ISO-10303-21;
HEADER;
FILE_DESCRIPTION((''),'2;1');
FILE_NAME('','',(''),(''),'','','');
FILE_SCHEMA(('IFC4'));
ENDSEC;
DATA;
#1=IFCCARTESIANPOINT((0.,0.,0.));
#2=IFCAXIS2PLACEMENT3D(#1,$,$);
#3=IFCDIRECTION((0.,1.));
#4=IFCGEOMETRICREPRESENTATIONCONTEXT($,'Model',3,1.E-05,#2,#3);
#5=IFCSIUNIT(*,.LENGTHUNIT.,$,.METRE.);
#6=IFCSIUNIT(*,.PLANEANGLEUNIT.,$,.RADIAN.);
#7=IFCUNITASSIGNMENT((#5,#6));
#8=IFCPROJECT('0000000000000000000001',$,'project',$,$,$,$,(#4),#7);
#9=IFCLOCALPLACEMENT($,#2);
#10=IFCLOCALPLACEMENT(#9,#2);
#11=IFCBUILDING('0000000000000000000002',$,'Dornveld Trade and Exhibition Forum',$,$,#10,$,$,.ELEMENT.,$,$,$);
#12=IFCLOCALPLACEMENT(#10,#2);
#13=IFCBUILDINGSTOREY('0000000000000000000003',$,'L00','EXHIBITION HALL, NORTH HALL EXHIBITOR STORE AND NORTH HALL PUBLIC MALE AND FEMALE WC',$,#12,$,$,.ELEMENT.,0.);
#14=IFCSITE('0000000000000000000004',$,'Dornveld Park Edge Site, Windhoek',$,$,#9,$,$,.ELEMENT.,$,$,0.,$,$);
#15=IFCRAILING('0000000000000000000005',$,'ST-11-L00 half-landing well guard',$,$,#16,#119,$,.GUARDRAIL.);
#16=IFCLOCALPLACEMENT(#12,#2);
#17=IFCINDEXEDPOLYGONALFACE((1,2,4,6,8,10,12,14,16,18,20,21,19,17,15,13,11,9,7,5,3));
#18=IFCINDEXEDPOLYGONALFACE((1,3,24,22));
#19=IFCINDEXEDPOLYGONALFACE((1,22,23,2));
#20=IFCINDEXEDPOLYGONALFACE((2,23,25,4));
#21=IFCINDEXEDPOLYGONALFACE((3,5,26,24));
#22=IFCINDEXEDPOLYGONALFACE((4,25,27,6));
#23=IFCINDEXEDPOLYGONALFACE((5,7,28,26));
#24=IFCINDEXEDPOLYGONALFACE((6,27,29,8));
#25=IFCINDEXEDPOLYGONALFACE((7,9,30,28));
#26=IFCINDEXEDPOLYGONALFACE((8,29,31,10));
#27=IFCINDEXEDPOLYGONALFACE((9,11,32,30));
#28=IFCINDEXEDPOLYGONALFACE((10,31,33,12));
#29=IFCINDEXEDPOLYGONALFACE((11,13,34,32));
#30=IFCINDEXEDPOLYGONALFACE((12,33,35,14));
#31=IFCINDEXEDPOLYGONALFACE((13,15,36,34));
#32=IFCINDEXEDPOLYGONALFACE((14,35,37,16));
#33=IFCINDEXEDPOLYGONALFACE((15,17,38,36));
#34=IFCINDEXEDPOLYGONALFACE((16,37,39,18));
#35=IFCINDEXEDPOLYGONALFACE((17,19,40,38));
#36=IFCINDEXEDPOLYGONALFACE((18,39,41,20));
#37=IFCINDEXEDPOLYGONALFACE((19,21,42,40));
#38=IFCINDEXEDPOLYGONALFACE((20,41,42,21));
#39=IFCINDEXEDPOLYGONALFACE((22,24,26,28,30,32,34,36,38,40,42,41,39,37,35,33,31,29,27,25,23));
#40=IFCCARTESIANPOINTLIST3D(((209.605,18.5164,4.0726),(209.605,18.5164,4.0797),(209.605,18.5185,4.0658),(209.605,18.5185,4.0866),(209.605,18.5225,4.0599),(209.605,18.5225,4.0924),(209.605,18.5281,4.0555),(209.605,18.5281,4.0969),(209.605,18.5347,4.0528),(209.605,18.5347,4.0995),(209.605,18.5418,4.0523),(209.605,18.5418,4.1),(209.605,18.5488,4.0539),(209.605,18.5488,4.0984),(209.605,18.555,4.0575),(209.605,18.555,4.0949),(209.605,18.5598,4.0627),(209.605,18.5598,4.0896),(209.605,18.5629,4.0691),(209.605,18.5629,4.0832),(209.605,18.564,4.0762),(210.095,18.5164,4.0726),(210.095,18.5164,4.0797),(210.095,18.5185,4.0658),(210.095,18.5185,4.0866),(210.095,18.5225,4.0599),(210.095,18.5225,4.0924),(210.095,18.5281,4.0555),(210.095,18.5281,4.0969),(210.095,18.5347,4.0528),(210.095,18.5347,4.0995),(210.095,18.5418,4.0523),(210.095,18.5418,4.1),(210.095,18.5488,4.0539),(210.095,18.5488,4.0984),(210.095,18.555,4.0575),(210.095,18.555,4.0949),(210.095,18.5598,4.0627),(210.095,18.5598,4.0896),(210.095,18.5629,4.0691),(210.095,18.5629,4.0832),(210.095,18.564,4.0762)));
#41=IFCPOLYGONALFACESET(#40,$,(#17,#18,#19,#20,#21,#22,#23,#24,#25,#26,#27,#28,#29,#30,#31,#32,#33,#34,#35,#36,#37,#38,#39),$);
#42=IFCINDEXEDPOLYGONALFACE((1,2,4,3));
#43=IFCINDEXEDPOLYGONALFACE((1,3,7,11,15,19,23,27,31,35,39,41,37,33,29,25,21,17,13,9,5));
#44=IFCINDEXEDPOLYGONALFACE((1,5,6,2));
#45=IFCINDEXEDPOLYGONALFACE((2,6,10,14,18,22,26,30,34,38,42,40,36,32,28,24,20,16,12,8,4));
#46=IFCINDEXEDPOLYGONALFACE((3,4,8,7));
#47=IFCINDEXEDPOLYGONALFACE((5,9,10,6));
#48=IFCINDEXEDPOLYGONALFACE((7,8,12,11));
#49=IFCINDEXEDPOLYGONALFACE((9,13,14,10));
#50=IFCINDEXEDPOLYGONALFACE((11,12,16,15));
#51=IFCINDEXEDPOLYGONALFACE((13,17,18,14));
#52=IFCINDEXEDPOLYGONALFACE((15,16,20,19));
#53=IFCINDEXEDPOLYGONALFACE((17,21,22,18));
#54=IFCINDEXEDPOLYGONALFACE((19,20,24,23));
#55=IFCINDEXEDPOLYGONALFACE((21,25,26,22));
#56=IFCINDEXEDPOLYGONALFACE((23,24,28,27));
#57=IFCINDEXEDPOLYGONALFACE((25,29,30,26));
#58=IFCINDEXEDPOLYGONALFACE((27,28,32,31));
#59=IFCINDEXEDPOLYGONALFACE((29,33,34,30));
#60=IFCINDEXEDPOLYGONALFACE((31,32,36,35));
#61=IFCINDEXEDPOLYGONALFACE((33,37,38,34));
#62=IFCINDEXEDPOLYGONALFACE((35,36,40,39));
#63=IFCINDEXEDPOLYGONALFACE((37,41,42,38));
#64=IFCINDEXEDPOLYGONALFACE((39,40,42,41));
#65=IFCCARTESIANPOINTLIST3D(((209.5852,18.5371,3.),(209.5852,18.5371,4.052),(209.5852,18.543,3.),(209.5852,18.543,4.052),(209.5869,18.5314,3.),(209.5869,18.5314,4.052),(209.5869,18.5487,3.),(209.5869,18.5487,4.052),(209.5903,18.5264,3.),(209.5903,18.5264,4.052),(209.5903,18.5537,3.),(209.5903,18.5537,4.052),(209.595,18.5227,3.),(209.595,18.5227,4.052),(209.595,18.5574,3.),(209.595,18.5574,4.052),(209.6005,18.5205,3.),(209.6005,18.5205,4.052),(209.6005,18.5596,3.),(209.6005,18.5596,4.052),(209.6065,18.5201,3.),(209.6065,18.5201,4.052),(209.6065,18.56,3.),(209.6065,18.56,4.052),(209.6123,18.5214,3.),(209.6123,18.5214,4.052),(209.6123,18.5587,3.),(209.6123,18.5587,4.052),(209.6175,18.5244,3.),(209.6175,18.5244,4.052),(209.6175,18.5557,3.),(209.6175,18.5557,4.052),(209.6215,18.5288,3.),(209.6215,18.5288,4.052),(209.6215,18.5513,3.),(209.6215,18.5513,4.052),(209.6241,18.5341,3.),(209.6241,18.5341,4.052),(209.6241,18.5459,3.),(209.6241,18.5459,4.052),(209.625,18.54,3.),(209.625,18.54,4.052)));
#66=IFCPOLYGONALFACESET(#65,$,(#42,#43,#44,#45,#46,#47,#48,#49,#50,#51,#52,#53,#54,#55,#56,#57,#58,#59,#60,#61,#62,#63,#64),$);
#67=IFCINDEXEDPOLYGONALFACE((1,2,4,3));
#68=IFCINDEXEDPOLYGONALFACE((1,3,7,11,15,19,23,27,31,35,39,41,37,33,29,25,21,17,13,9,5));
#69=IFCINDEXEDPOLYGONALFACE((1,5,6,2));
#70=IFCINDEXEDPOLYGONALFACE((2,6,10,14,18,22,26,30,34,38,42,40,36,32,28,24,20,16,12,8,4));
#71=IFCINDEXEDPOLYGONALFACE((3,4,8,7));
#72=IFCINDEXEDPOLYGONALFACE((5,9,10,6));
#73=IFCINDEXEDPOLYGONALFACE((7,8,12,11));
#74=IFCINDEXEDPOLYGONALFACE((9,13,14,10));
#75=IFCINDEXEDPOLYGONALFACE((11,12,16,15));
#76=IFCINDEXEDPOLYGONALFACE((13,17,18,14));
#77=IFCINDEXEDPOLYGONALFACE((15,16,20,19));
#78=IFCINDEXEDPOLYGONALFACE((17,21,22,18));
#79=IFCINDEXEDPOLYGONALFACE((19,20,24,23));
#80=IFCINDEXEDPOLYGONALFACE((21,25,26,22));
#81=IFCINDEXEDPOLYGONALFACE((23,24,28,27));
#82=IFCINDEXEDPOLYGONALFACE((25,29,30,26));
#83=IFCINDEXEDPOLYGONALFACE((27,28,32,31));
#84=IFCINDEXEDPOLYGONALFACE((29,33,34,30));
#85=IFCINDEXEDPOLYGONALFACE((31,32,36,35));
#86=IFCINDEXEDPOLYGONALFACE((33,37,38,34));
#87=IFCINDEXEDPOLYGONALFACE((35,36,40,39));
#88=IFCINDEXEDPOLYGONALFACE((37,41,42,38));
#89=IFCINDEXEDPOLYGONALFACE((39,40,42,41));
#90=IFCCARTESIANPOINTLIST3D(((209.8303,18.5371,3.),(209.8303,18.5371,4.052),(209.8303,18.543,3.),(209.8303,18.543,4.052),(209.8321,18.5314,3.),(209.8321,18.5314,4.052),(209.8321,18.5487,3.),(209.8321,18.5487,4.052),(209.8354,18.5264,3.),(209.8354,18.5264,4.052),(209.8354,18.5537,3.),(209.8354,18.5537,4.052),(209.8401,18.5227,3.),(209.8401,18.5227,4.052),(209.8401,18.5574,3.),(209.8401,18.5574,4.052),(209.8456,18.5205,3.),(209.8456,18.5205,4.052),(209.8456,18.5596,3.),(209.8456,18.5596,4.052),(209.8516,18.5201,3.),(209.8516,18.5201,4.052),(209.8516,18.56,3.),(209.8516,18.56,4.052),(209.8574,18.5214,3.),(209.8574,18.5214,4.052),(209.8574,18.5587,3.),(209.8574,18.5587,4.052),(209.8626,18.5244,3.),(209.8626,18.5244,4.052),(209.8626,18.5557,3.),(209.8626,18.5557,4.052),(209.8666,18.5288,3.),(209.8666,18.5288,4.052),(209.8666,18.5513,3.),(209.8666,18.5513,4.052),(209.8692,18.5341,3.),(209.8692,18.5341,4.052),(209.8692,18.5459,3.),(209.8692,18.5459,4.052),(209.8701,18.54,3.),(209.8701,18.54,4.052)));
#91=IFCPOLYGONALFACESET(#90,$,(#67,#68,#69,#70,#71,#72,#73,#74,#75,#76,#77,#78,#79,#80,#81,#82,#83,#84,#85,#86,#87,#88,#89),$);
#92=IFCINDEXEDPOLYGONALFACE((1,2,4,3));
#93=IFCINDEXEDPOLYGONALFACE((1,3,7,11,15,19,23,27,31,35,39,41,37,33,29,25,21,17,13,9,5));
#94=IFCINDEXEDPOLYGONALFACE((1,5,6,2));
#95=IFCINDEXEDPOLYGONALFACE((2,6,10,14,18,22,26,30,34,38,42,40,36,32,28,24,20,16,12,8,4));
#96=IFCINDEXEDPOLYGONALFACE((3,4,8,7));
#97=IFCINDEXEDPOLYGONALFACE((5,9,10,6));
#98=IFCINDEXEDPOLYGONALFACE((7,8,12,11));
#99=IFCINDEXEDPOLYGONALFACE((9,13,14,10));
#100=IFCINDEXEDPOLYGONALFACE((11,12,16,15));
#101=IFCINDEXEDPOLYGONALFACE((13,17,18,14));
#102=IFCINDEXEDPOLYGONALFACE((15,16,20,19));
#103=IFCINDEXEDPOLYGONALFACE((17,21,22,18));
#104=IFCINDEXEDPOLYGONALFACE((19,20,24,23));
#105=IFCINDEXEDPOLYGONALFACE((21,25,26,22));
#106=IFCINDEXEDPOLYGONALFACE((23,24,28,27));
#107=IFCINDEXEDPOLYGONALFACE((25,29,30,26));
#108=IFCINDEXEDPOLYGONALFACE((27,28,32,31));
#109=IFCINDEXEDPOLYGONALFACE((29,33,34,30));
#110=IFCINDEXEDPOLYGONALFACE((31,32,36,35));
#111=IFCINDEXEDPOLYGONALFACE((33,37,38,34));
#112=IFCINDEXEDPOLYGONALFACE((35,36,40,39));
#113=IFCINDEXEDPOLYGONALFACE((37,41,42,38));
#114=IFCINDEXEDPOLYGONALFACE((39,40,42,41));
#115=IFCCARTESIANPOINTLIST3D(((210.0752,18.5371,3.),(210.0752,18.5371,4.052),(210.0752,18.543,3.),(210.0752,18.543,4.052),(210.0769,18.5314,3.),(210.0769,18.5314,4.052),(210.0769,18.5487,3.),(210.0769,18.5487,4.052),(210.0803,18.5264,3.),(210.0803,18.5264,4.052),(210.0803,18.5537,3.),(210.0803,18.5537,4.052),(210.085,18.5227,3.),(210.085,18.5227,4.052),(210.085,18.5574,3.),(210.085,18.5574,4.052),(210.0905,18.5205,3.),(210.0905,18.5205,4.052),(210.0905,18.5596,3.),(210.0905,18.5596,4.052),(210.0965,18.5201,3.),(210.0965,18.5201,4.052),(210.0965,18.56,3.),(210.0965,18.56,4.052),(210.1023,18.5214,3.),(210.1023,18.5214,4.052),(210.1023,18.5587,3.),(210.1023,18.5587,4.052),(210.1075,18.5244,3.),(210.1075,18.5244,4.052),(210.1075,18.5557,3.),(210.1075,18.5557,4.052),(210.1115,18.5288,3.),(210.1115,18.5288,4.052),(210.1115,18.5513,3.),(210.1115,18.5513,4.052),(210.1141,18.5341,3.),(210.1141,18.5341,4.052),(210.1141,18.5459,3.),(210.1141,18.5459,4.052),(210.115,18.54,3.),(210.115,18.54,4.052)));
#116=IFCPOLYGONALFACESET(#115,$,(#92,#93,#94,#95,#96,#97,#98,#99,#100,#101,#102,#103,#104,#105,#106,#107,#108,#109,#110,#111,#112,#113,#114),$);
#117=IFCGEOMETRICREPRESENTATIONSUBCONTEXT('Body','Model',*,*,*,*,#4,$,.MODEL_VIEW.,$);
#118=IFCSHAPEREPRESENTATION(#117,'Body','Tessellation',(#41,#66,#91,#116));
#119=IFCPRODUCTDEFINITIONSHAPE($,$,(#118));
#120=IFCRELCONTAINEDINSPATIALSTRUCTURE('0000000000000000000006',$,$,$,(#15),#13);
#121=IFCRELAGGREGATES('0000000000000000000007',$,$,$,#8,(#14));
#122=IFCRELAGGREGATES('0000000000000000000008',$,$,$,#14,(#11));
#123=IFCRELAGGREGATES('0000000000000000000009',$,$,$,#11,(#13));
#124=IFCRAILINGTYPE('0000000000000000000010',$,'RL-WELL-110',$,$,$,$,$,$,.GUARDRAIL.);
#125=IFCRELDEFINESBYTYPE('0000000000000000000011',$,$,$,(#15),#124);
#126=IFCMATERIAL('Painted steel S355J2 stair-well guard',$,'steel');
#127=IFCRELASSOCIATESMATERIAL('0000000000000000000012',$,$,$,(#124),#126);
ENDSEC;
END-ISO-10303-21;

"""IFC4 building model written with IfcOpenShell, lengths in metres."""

from ifc_helpers import new_model, si_unit, direction, frame, origin, origin_2d, place, context, subcontext, project, spatial, circle, extrude, material, type_object, element, save


model = new_model("IFC4")

# Units and contexts
model_context = context("Model", 3, precision=1e-05, world=origin(), true_north=direction((0.0, 1.0)))
body_context = subcontext(model_context, "Body", "Model", "MODEL_VIEW")
ifc_project = project(units=[si_unit("LENGTHUNIT", "METRE"), si_unit("PLANEANGLEUNIT", "RADIAN")], contexts=[model_context])

# Site, building, storey
site_placement = place(None, origin())
site = spatial("IfcSite", under=ifc_project, at=site_placement, Name="Dornveld Park Edge Site, Windhoek", CompositionType="ELEMENT", RefElevation=0.0)
building_placement = place(site_placement, origin())
building = spatial("IfcBuilding", under=site, at=building_placement, Name="Dornveld Trade and Exhibition Forum", CompositionType="ELEMENT")
storey_placement = place(building_placement, origin())
storey = spatial("IfcBuildingStorey", under=building, at=storey_placement, Name="L00", Description="EXHIBITION HALL, NORTH HALL EXHIBITOR STORE AND NORTH HALL PUBLIC MALE AND FEMALE WC", CompositionType="ELEMENT", Elevation=0.0)

# Railing
ifc_material_1 = material(Name="Painted steel S355J2 stair-well guard", Category="steel")
railing_type_1 = type_object("IfcRailingType", Name="RL-WELL-110", PredefinedType="GUARDRAIL", material=ifc_material_1)
railing_1_placement = place(storey_placement, frame((209.605, 18.54, 3.0)))
element("IfcRailing", 1, at=railing_1_placement, inside=storey, type_object=railing_type_1, Name="ST-11-L00 half-landing well guard", PredefinedType="GUARDRAIL", context=body_context, shape_type="SweptSolid", body=[
    extrude(circle(Radius=0.0239, at=origin_2d()), frame((0.0, 0.0, 1.0762), z_axis=(1.0, 0.0, 0.0), x_axis=(0.0, 1.0, 0.0)), (0.0, 0.0, 1.0), 0.49),
    extrude(circle(Radius=0.02, at=origin_2d()), origin(), (0.0, 0.0, 1.0), 1.052),
    extrude(circle(Radius=0.02, at=origin_2d()), frame((0.2451, 0.0, 0.0)), (0.0, 0.0, 1.0), 1.052),
    extrude(circle(Radius=0.02, at=origin_2d()), frame((0.49, 0.0, 0.0)), (0.0, 0.0, 1.0), 1.052),
])

save(model, "model.ifc")
